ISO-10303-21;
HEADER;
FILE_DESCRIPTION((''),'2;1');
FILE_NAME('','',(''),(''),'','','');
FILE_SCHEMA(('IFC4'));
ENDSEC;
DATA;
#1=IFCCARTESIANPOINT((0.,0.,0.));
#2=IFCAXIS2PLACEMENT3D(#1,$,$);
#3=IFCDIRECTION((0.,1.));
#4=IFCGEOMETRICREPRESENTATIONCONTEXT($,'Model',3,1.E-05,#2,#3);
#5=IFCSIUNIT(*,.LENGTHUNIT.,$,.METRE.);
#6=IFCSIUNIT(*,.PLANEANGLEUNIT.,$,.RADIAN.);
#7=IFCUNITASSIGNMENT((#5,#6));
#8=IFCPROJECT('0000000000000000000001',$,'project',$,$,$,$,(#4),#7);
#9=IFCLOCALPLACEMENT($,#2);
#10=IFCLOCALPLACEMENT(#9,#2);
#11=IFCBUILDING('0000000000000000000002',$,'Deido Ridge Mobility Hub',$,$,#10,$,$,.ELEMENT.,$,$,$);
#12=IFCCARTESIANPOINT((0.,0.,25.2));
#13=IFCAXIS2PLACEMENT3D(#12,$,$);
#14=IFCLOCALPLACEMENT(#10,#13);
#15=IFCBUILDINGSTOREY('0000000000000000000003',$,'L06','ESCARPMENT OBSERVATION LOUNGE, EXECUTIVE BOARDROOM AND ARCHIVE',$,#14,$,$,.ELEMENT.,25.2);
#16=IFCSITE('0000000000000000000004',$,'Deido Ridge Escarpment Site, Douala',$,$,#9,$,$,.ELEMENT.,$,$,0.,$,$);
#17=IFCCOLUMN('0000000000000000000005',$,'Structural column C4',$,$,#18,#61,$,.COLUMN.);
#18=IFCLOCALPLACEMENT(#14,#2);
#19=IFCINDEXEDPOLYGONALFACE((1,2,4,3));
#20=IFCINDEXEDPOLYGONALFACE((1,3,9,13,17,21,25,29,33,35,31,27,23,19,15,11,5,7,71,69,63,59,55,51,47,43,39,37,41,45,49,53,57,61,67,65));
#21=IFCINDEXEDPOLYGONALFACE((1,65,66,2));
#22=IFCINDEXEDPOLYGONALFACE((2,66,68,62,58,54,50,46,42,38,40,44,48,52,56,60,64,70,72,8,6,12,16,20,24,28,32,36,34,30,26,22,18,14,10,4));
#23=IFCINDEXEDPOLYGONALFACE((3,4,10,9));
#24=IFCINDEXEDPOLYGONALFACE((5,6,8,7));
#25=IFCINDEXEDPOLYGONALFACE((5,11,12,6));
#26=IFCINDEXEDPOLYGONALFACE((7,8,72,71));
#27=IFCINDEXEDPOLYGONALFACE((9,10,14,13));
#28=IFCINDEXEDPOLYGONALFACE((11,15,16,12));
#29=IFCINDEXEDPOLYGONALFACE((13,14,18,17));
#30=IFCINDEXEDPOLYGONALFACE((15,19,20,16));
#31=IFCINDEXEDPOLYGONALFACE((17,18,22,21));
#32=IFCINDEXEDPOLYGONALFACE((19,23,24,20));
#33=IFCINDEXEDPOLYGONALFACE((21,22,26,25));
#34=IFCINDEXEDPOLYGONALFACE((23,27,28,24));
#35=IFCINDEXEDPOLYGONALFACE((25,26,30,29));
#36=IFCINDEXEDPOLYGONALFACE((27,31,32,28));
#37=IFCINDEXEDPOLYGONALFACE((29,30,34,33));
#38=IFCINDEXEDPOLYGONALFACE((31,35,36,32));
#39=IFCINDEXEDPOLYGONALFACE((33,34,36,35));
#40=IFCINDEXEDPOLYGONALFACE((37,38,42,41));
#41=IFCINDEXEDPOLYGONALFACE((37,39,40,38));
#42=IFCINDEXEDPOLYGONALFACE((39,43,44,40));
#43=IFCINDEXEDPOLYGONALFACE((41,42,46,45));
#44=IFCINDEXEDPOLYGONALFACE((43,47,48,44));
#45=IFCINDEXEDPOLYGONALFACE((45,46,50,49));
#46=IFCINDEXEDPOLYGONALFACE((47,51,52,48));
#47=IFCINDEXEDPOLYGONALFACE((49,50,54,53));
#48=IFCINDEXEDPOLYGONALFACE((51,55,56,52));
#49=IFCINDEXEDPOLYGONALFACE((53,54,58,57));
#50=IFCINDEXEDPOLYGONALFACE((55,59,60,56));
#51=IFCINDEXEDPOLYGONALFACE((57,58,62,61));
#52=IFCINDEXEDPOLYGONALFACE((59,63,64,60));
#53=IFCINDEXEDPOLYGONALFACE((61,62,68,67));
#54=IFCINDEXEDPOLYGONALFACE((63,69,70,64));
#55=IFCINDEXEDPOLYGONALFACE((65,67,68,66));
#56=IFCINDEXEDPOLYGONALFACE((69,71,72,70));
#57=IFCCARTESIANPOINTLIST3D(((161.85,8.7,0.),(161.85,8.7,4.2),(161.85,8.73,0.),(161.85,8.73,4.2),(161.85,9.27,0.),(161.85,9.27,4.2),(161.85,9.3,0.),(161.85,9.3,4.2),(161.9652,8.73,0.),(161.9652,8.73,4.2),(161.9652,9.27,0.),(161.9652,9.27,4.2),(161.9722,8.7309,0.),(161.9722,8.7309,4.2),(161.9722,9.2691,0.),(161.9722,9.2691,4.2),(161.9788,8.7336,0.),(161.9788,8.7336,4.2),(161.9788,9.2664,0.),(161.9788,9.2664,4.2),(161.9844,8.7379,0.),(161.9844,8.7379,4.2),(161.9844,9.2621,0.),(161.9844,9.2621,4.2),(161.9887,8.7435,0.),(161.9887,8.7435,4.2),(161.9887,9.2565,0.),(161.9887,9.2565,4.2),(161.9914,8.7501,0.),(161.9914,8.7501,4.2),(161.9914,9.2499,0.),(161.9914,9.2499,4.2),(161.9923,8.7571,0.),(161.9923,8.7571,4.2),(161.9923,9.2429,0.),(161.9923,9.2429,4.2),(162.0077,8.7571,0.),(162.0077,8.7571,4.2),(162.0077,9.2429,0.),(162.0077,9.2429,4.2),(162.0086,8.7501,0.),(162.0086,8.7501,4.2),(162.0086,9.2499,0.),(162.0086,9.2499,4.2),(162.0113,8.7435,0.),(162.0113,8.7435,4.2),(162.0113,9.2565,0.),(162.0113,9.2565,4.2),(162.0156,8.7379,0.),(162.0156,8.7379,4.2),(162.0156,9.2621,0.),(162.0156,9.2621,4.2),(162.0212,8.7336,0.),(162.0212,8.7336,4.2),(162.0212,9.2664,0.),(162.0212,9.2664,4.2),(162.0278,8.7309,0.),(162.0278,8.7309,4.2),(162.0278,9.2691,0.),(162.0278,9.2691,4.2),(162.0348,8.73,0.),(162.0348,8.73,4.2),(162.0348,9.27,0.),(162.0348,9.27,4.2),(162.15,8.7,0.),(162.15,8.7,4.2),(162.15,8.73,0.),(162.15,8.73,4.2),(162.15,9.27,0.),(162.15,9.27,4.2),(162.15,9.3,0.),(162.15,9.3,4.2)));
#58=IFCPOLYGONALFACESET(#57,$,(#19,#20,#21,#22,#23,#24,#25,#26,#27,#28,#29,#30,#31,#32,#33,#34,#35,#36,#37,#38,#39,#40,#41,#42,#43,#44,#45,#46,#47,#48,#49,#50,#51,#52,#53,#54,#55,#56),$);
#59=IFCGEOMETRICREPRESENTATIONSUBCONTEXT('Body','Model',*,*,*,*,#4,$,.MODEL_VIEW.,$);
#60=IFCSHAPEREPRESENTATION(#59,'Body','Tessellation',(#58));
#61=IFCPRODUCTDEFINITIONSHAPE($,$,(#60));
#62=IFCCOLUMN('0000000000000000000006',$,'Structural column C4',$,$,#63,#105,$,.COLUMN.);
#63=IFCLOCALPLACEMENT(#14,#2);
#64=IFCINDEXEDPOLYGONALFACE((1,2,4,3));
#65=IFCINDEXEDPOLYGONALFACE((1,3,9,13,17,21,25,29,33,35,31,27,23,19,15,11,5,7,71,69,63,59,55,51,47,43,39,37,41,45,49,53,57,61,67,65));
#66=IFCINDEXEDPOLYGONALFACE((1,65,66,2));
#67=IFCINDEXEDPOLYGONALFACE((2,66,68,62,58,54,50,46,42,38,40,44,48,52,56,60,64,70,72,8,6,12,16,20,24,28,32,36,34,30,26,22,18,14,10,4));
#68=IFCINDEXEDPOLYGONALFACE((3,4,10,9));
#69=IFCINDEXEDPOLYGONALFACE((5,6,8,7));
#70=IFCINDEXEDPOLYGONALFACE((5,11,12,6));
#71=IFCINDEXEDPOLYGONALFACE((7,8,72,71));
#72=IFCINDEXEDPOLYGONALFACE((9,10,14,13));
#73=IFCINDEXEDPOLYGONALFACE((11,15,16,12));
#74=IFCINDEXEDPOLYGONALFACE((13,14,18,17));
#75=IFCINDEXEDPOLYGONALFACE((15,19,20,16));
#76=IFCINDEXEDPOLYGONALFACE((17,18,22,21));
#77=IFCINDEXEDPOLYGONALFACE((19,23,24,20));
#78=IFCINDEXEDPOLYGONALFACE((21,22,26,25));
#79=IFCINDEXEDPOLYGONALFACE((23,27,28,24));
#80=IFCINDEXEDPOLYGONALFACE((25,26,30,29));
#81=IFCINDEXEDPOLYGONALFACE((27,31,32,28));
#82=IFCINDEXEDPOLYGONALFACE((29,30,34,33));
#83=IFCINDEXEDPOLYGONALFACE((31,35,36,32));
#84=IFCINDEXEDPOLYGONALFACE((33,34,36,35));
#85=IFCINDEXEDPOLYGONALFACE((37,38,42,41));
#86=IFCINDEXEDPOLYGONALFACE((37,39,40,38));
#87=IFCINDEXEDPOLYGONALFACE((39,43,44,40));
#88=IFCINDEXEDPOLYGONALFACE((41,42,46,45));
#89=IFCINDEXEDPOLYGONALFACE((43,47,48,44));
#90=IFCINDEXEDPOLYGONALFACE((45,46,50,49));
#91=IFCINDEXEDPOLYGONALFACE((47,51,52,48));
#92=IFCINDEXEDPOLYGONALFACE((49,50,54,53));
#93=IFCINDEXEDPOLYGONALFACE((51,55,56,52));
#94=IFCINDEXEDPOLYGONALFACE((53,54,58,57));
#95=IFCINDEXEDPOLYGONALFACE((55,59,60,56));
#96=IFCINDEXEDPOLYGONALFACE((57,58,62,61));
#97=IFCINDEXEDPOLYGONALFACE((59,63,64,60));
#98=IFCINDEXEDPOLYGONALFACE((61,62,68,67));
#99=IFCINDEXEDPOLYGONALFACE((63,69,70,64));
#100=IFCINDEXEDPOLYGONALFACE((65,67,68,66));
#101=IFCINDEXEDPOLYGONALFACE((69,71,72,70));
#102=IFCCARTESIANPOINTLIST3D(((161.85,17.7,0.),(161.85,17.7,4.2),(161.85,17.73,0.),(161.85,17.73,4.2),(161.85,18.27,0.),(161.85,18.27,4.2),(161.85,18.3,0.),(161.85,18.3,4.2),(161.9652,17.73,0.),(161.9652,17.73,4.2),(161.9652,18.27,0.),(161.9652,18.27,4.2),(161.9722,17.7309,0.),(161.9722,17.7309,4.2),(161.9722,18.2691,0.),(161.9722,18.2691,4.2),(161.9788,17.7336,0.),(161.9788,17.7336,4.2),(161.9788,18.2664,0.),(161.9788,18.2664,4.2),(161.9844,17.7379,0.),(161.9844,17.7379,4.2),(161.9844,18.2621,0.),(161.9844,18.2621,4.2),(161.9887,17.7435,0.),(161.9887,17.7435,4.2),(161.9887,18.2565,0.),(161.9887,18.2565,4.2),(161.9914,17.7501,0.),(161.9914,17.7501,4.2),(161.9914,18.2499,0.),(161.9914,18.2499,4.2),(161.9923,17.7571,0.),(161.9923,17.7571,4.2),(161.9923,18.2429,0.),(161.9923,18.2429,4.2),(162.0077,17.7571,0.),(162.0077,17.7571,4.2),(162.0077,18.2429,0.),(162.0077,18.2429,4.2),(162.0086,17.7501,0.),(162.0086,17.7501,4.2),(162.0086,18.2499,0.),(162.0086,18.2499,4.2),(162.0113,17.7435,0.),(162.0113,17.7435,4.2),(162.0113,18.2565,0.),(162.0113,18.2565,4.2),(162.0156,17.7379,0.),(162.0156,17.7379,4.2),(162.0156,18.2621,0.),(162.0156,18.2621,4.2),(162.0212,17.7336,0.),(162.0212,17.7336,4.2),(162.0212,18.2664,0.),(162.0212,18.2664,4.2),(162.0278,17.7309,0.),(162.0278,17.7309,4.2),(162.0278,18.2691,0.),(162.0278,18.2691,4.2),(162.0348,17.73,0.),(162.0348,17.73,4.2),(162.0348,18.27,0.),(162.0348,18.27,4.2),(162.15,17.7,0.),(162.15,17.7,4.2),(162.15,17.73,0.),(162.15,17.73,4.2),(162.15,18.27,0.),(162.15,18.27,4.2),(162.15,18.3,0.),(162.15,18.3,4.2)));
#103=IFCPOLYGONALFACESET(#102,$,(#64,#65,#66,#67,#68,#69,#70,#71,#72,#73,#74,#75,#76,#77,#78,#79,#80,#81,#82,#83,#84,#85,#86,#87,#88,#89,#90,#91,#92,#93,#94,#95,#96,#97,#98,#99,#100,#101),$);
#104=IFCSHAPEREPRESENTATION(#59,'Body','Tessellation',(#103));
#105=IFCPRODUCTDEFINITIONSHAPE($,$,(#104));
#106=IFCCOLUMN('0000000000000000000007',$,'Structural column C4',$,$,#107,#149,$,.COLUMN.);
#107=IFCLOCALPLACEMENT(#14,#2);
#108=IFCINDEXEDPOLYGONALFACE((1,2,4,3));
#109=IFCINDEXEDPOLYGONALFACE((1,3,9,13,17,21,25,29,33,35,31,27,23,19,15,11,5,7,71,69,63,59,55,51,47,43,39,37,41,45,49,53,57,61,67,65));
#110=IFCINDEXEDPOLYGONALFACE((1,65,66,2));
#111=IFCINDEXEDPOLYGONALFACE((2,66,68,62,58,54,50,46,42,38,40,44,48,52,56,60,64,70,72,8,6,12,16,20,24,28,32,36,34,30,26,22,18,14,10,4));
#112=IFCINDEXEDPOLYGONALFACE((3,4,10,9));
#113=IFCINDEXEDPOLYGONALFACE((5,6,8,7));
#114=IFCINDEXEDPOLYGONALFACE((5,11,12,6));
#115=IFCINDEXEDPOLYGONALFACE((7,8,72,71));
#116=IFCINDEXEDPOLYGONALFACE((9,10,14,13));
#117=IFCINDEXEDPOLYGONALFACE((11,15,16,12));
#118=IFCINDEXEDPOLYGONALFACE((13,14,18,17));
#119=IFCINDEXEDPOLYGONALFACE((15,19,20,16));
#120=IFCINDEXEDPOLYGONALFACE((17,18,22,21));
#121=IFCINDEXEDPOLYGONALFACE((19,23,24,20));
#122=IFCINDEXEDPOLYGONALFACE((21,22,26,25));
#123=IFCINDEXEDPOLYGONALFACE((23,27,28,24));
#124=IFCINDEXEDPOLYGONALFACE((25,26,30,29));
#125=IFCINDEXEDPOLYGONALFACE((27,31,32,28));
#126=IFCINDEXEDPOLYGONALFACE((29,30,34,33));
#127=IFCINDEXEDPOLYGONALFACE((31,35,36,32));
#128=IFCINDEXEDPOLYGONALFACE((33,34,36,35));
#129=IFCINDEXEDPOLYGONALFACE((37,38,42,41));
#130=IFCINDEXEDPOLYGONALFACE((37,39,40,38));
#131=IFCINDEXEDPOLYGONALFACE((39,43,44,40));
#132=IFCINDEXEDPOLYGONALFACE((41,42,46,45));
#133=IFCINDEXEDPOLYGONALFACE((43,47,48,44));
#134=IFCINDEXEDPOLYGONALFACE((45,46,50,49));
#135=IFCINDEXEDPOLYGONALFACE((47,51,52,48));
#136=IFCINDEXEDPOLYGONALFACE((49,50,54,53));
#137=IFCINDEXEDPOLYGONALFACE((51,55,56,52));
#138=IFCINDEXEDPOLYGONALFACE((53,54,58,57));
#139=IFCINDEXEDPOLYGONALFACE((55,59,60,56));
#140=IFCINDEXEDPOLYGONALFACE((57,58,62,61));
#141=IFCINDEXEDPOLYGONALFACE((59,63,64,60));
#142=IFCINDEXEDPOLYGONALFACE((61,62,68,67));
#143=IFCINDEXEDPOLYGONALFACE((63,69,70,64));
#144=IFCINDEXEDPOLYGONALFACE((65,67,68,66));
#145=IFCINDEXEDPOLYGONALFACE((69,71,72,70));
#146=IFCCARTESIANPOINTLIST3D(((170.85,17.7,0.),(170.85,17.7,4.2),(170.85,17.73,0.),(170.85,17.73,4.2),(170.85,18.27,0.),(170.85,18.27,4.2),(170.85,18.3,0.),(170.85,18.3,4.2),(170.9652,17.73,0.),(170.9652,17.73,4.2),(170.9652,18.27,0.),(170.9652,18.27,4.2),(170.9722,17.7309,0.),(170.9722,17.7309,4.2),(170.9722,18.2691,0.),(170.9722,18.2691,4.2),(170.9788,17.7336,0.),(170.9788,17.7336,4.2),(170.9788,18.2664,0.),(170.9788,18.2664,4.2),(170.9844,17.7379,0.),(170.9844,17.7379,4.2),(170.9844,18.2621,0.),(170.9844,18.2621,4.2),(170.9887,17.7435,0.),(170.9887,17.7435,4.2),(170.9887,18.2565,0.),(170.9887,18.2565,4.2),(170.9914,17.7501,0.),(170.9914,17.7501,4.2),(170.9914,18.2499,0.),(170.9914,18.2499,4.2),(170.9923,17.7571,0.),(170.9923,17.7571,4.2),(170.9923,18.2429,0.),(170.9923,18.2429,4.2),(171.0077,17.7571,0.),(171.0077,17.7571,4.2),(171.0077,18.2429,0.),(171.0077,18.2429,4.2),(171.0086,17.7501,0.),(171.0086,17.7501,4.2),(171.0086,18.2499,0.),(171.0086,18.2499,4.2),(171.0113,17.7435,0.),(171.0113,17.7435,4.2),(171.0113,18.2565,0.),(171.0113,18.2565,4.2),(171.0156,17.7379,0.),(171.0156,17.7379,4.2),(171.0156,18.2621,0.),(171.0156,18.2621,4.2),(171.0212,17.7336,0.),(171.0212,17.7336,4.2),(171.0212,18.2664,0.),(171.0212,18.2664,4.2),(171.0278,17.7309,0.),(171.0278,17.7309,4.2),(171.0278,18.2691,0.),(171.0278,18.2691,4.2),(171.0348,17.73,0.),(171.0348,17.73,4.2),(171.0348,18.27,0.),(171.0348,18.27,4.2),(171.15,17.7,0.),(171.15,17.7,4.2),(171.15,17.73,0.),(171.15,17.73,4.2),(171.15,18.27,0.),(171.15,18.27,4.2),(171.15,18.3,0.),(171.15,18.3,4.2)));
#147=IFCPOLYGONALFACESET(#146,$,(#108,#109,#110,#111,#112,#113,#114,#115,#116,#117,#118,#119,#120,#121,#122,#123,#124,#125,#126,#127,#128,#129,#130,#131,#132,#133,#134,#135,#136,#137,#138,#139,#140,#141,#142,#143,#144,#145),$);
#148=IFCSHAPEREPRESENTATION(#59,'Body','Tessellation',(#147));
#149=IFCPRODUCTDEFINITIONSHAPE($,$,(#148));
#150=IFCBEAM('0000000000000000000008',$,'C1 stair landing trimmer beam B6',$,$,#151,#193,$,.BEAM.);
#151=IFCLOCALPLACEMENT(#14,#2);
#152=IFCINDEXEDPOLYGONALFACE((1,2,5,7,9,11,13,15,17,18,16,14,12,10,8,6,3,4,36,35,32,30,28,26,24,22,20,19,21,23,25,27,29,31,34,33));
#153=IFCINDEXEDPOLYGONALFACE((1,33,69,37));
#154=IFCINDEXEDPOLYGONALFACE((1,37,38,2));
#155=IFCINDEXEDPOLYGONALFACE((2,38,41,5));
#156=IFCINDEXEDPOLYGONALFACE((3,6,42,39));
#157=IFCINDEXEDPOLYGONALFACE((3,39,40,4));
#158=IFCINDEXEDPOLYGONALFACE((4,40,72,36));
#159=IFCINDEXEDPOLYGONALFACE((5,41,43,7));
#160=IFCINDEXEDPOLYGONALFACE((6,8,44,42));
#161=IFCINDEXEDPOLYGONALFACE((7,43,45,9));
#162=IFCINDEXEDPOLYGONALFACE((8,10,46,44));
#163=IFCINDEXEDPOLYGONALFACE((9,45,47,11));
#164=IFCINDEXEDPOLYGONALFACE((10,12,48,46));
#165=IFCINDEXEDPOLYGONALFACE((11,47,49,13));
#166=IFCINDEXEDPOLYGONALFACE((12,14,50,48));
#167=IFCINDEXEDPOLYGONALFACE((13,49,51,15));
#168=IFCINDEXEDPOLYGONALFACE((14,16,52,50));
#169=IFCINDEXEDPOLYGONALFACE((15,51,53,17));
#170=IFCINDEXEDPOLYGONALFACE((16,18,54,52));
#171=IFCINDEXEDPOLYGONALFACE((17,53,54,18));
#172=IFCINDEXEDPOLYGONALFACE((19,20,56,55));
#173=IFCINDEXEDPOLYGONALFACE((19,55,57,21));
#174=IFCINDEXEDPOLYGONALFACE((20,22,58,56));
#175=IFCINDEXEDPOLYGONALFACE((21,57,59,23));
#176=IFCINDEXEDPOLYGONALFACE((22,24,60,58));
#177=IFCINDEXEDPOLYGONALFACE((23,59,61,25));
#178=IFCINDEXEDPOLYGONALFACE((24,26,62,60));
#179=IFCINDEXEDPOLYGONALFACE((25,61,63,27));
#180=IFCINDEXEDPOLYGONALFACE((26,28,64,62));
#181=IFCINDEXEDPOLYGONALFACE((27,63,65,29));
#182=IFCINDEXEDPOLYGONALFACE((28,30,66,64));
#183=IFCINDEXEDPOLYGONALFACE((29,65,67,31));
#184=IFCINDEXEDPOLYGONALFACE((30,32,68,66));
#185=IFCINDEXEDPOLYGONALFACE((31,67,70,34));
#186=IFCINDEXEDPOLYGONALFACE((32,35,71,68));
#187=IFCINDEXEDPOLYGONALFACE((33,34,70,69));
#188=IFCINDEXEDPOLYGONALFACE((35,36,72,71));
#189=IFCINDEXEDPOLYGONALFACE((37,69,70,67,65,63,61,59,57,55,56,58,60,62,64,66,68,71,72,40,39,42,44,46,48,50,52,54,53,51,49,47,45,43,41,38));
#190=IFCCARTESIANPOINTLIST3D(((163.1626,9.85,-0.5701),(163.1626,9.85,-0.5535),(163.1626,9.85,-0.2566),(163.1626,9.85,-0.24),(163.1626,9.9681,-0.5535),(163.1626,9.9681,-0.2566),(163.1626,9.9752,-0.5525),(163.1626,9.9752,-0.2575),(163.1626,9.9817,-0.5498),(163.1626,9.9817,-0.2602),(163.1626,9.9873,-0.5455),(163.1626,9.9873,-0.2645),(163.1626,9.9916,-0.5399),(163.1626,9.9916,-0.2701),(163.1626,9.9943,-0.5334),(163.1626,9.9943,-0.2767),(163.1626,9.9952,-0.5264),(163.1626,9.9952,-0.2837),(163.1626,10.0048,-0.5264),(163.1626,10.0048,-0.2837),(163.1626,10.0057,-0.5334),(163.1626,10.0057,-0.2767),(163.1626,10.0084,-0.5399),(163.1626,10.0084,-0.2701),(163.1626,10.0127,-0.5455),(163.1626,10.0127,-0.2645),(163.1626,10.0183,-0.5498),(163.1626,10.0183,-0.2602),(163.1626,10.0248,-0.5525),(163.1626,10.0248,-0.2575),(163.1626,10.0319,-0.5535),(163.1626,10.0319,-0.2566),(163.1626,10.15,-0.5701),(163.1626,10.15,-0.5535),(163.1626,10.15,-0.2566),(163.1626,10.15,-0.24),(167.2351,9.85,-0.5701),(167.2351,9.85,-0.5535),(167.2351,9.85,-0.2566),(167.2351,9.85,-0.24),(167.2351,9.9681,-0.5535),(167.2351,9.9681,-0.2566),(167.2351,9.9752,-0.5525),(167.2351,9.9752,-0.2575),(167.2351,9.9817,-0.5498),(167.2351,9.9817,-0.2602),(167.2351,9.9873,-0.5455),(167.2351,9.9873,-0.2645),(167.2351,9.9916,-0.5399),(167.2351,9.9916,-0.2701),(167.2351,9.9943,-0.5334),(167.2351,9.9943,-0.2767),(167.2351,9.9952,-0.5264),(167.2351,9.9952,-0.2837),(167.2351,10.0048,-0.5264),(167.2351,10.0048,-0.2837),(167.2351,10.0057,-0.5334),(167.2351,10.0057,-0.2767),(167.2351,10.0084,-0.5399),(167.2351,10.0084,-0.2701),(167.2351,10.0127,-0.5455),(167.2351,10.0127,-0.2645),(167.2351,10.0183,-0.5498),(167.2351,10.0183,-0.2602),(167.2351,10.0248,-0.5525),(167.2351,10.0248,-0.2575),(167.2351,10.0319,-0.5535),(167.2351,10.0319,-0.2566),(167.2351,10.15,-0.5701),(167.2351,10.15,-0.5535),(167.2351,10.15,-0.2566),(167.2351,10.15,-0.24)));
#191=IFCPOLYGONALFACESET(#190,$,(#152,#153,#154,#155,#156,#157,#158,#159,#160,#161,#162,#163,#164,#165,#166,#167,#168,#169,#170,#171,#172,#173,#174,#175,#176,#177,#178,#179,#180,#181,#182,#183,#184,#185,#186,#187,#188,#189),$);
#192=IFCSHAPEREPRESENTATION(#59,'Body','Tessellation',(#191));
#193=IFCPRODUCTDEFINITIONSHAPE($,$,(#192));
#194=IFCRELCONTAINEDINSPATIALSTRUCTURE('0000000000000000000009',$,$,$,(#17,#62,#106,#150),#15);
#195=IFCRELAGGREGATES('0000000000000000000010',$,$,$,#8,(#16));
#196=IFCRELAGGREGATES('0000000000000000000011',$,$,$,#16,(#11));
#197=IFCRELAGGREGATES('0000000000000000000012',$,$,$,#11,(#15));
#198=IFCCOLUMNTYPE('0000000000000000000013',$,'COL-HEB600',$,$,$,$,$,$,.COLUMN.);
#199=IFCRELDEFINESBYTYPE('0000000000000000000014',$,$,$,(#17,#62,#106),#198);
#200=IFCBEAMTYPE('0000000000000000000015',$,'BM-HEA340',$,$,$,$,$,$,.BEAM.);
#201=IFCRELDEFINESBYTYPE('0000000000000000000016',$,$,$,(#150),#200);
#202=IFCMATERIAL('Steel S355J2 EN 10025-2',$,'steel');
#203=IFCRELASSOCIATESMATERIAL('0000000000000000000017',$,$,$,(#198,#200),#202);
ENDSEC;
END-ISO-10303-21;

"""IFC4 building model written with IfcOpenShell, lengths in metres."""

from ifc_helpers import new_model, si_unit, direction, frame, origin, origin_2d, place, context, subcontext, project, spatial, i_section, extrude, material, material_profile, profile_set, type_object, element, save


model = new_model("IFC4")

# Units and contexts
model_context = context("Model", 3, precision=1e-05, world=origin(), true_north=direction((0.0, 1.0)))
body_context = subcontext(model_context, "Body", "Model", "MODEL_VIEW")
ifc_project = project(units=[si_unit("LENGTHUNIT", "METRE"), si_unit("PLANEANGLEUNIT", "RADIAN")], contexts=[model_context])

# Site, building, storey
site_placement = place(None, origin())
site = spatial("IfcSite", under=ifc_project, at=site_placement, Name="Deido Ridge Escarpment Site, Douala", CompositionType="ELEMENT", RefElevation=0.0)
building_placement = place(site_placement, origin())
building = spatial("IfcBuilding", under=site, at=building_placement, Name="Deido Ridge Mobility Hub", CompositionType="ELEMENT")
storey_placement = place(building_placement, frame((0.0, 0.0, 25.2)))
storey = spatial("IfcBuildingStorey", under=building, at=storey_placement, Name="L06", Description="ESCARPMENT OBSERVATION LOUNGE, EXECUTIVE BOARDROOM AND ARCHIVE", CompositionType="ELEMENT", Elevation=25.2)

# Columns
ifc_material_1 = material(Name="Steel S355J2 EN 10025-2", Category="steel")
ifc_material_profile_1 = material_profile(ifc_material_1, i_section(OverallWidth=0.3, OverallDepth=0.6001, WebThickness=0.0154, FlangeThickness=0.03, FilletRadius=0.0271, at=origin_2d()), Name="HEB 600")
ifc_profile_set_1 = profile_set([ifc_material_profile_1], Name="Steel S355J2 EN 10025-2")
column_type = type_object("IfcColumnType", Name="COL-HEB600", PredefinedType="COLUMN", material=ifc_profile_set_1)
for number, where, z_axis, x_axis, name in (
    (1, (162.0, 9.0, 0.0), (0.0, 0.0, 1.0), (1.0, 0.0, 0.0), "Structural column C4"),
    (2, (162.0, 18.0, 0.0), (0.0, 0.0, 1.0), (1.0, 0.0, 0.0), "Structural column C4"),
    (3, (171.0, 18.0, 0.0), (0.0, 0.0, 1.0), (1.0, 0.0, 0.0), "Structural column C4"),
):
    element("IfcColumn", number, at=place(storey_placement, frame(where, z_axis=z_axis, x_axis=x_axis)), inside=storey, type_object=column_type, Name=name, PredefinedType="COLUMN", context=body_context, shape_type="SweptSolid", body=[
        extrude(i_section(OverallWidth=0.3, OverallDepth=0.6001, WebThickness=0.0154, FlangeThickness=0.03, FilletRadius=0.0271, at=origin_2d()), origin(), (0.0, 0.0, 1.0), 4.2),
    ])

# Beam
ifc_material_profile_2 = material_profile(ifc_material_1, i_section(OverallWidth=0.3, OverallDepth=0.3301, WebThickness=0.0095, FlangeThickness=0.0166, FilletRadius=0.0271, at=origin_2d()), Name="HEA 340")
ifc_profile_set_2 = profile_set([ifc_material_profile_2], Name="Steel S355J2 EN 10025-2")
beam_type_1 = type_object("IfcBeamType", Name="BM-HEA340", PredefinedType="BEAM", material=ifc_profile_set_2)
beam_1_placement = place(storey_placement, frame((163.1626, 10.0, -0.405), z_axis=(1.0, 0.0, 0.0), x_axis=(0.0, 1.0, 0.0)))
element("IfcBeam", 4, at=beam_1_placement, inside=storey, type_object=beam_type_1, Name="C1 stair landing trimmer beam B6", PredefinedType="BEAM", context=body_context, shape_type="SweptSolid", body=[
    extrude(i_section(OverallWidth=0.3, OverallDepth=0.3301, WebThickness=0.0095, FlangeThickness=0.0166, FilletRadius=0.0271, at=origin_2d()), origin(), (0.0, 0.0, 1.0), 4.0725),
])

save(model, "model.ifc")
